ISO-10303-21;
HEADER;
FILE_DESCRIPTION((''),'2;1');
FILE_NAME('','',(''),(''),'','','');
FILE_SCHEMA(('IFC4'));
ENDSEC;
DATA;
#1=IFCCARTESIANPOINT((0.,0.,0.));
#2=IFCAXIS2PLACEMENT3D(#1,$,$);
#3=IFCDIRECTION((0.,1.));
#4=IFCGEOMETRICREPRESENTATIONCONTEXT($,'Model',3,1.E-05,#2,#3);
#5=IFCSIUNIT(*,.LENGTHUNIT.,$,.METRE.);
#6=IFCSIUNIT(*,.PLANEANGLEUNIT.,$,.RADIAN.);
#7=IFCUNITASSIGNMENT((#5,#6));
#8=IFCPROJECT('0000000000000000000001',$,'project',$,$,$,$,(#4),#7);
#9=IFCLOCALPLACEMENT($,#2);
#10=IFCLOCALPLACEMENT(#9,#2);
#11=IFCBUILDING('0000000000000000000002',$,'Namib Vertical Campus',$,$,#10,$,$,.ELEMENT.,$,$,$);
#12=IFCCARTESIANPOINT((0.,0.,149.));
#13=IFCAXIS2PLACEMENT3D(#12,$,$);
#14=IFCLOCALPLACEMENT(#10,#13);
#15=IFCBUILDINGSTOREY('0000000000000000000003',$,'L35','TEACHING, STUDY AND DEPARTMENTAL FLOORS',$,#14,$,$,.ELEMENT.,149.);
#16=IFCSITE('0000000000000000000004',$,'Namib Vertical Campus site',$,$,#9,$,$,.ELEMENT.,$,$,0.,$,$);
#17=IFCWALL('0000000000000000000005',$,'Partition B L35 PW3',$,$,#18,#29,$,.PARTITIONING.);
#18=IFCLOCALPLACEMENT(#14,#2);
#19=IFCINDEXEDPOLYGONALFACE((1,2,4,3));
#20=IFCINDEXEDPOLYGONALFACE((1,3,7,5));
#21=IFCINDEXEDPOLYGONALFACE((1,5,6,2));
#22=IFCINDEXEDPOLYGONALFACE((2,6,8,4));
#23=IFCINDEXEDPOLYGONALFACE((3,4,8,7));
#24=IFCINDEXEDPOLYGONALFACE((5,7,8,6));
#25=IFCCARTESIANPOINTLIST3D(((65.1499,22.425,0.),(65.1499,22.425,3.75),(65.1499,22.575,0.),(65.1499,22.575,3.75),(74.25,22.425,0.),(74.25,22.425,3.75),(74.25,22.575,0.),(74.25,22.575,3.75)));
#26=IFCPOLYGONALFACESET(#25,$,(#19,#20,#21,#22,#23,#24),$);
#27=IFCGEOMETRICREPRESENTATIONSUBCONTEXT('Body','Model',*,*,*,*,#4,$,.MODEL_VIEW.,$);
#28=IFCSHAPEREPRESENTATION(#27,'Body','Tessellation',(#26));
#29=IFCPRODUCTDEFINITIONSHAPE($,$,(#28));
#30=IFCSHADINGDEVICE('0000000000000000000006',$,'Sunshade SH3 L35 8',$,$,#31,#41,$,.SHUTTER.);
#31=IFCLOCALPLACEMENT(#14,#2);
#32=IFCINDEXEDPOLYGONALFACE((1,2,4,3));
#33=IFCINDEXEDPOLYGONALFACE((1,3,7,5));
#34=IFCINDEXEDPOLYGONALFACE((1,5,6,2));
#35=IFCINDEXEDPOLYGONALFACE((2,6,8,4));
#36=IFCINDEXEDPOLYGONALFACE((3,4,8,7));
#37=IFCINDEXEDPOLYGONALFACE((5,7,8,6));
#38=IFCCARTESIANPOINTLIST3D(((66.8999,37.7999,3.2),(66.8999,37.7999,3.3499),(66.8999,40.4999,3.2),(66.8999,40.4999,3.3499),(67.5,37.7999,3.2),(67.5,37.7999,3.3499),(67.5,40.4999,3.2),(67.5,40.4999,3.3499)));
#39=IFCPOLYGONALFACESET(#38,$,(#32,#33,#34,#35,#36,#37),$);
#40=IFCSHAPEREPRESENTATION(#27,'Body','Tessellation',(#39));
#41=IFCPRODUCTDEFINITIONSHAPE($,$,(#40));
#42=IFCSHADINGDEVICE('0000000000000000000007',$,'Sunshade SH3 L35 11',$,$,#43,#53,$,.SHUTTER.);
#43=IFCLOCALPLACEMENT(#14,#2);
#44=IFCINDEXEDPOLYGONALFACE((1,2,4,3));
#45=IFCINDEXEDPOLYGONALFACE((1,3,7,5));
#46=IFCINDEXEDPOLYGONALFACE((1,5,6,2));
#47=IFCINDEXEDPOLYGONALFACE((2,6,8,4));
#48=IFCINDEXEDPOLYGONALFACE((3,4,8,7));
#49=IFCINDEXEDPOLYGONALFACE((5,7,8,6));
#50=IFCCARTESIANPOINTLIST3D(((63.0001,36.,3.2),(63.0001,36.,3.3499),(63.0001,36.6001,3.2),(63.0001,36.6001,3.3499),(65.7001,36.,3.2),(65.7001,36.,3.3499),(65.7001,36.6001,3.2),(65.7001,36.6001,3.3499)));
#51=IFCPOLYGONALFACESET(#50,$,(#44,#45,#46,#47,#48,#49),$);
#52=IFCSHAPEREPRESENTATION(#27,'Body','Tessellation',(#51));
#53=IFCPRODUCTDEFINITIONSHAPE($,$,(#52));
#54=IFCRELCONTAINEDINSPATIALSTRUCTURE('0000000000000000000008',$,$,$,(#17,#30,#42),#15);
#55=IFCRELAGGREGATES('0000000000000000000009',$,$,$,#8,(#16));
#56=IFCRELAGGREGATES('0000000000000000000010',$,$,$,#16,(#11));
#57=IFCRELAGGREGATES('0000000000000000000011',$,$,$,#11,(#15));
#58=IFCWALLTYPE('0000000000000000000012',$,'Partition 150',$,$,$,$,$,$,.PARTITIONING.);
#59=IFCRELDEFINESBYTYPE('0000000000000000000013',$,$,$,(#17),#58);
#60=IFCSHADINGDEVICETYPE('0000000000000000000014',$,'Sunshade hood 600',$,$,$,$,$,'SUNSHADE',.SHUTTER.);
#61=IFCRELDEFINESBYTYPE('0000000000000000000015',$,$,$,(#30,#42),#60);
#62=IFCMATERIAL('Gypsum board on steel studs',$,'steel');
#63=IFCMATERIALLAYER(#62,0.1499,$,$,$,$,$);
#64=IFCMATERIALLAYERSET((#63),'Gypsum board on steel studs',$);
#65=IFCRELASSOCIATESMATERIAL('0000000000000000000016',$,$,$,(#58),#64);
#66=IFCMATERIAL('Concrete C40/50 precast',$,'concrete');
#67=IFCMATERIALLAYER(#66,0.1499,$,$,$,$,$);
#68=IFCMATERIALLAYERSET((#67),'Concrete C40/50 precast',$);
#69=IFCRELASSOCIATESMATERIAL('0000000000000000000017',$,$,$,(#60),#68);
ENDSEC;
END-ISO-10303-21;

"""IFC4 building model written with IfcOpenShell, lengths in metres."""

from ifc_helpers import new_model, si_unit, direction, frame, frame_2d, origin, origin_2d, place, context, subcontext, project, spatial, rectangle, extrude, material, layer, layer_set, type_object, element, save


model = new_model("IFC4")

# Units and contexts
model_context = context("Model", 3, precision=1e-05, world=origin(), true_north=direction((0.0, 1.0)))
body_context = subcontext(model_context, "Body", "Model", "MODEL_VIEW")
ifc_project = project(units=[si_unit("LENGTHUNIT", "METRE"), si_unit("PLANEANGLEUNIT", "RADIAN")], contexts=[model_context])

# Site, building, storey
site_placement = place(None, origin())
site = spatial("IfcSite", under=ifc_project, at=site_placement, Name="Namib Vertical Campus site", CompositionType="ELEMENT", RefElevation=0.0)
building_placement = place(site_placement, origin())
building = spatial("IfcBuilding", under=site, at=building_placement, Name="Namib Vertical Campus", CompositionType="ELEMENT")
storey_placement = place(building_placement, frame((0.0, 0.0, 149.0)))
storey = spatial("IfcBuildingStorey", under=building, at=storey_placement, Name="L35", Description="TEACHING, STUDY AND DEPARTMENTAL FLOORS", CompositionType="ELEMENT", Elevation=149.0)

# Wall
ifc_material_1 = material(Name="Gypsum board on steel studs", Category="steel")
ifc_layer_1 = layer(ifc_material_1, 0.1499)
ifc_layer_set_1 = layer_set([ifc_layer_1], Name="Gypsum board on steel studs")
wall_type_1 = type_object("IfcWallType", Name="Partition 150", PredefinedType="PARTITIONING", material=ifc_layer_set_1)
wall_1_placement = place(storey_placement, frame((65.1499, 22.5, 0.0), z_axis=(0.0, 0.0, 1.0), x_axis=(1.0, 0.0, 0.0)))
element("IfcWall", 1, at=wall_1_placement, inside=storey, type_object=wall_type_1, Name="Partition B L35 PW3", PredefinedType="PARTITIONING", context=body_context, shape_type="SweptSolid", body=[
    extrude(rectangle(XDim=9.1001, YDim=0.1499, at=frame_2d((4.55, 0.0))), origin(), (0.0, 0.0, 1.0), 3.75),
])

# Shading devices
ifc_material_2 = material(Name="Concrete C40/50 precast", Category="concrete")
ifc_layer_2 = layer(ifc_material_2, 0.1499)
ifc_layer_set_2 = layer_set([ifc_layer_2], Name="Concrete C40/50 precast")
shading_device_type = type_object("IfcShadingDeviceType", Name="Sunshade hood 600", ElementType="SUNSHADE", PredefinedType="SHUTTER", material=ifc_layer_set_2)
for number, where, z_axis, x_axis, name in (
    (2, (67.2, 39.1499, 3.2), (0.0, 0.0, 1.0), (0.0, -1.0, 0.0), "Sunshade SH3 L35 8"),
    (3, (64.3501, 36.3, 3.2), (0.0, 0.0, 1.0), (-1.0, 0.0, 0.0), "Sunshade SH3 L35 11"),
):
    element("IfcShadingDevice", number, at=place(storey_placement, frame(where, z_axis=z_axis, x_axis=x_axis)), inside=storey, type_object=shading_device_type, Name=name, PredefinedType="SHUTTER", context=body_context, shape_type="SweptSolid", body=[
        extrude(rectangle(XDim=2.7, YDim=0.6001, at=origin_2d()), origin(), (0.0, 0.0, 1.0), 0.1499),
    ])

save(model, "model.ifc")
